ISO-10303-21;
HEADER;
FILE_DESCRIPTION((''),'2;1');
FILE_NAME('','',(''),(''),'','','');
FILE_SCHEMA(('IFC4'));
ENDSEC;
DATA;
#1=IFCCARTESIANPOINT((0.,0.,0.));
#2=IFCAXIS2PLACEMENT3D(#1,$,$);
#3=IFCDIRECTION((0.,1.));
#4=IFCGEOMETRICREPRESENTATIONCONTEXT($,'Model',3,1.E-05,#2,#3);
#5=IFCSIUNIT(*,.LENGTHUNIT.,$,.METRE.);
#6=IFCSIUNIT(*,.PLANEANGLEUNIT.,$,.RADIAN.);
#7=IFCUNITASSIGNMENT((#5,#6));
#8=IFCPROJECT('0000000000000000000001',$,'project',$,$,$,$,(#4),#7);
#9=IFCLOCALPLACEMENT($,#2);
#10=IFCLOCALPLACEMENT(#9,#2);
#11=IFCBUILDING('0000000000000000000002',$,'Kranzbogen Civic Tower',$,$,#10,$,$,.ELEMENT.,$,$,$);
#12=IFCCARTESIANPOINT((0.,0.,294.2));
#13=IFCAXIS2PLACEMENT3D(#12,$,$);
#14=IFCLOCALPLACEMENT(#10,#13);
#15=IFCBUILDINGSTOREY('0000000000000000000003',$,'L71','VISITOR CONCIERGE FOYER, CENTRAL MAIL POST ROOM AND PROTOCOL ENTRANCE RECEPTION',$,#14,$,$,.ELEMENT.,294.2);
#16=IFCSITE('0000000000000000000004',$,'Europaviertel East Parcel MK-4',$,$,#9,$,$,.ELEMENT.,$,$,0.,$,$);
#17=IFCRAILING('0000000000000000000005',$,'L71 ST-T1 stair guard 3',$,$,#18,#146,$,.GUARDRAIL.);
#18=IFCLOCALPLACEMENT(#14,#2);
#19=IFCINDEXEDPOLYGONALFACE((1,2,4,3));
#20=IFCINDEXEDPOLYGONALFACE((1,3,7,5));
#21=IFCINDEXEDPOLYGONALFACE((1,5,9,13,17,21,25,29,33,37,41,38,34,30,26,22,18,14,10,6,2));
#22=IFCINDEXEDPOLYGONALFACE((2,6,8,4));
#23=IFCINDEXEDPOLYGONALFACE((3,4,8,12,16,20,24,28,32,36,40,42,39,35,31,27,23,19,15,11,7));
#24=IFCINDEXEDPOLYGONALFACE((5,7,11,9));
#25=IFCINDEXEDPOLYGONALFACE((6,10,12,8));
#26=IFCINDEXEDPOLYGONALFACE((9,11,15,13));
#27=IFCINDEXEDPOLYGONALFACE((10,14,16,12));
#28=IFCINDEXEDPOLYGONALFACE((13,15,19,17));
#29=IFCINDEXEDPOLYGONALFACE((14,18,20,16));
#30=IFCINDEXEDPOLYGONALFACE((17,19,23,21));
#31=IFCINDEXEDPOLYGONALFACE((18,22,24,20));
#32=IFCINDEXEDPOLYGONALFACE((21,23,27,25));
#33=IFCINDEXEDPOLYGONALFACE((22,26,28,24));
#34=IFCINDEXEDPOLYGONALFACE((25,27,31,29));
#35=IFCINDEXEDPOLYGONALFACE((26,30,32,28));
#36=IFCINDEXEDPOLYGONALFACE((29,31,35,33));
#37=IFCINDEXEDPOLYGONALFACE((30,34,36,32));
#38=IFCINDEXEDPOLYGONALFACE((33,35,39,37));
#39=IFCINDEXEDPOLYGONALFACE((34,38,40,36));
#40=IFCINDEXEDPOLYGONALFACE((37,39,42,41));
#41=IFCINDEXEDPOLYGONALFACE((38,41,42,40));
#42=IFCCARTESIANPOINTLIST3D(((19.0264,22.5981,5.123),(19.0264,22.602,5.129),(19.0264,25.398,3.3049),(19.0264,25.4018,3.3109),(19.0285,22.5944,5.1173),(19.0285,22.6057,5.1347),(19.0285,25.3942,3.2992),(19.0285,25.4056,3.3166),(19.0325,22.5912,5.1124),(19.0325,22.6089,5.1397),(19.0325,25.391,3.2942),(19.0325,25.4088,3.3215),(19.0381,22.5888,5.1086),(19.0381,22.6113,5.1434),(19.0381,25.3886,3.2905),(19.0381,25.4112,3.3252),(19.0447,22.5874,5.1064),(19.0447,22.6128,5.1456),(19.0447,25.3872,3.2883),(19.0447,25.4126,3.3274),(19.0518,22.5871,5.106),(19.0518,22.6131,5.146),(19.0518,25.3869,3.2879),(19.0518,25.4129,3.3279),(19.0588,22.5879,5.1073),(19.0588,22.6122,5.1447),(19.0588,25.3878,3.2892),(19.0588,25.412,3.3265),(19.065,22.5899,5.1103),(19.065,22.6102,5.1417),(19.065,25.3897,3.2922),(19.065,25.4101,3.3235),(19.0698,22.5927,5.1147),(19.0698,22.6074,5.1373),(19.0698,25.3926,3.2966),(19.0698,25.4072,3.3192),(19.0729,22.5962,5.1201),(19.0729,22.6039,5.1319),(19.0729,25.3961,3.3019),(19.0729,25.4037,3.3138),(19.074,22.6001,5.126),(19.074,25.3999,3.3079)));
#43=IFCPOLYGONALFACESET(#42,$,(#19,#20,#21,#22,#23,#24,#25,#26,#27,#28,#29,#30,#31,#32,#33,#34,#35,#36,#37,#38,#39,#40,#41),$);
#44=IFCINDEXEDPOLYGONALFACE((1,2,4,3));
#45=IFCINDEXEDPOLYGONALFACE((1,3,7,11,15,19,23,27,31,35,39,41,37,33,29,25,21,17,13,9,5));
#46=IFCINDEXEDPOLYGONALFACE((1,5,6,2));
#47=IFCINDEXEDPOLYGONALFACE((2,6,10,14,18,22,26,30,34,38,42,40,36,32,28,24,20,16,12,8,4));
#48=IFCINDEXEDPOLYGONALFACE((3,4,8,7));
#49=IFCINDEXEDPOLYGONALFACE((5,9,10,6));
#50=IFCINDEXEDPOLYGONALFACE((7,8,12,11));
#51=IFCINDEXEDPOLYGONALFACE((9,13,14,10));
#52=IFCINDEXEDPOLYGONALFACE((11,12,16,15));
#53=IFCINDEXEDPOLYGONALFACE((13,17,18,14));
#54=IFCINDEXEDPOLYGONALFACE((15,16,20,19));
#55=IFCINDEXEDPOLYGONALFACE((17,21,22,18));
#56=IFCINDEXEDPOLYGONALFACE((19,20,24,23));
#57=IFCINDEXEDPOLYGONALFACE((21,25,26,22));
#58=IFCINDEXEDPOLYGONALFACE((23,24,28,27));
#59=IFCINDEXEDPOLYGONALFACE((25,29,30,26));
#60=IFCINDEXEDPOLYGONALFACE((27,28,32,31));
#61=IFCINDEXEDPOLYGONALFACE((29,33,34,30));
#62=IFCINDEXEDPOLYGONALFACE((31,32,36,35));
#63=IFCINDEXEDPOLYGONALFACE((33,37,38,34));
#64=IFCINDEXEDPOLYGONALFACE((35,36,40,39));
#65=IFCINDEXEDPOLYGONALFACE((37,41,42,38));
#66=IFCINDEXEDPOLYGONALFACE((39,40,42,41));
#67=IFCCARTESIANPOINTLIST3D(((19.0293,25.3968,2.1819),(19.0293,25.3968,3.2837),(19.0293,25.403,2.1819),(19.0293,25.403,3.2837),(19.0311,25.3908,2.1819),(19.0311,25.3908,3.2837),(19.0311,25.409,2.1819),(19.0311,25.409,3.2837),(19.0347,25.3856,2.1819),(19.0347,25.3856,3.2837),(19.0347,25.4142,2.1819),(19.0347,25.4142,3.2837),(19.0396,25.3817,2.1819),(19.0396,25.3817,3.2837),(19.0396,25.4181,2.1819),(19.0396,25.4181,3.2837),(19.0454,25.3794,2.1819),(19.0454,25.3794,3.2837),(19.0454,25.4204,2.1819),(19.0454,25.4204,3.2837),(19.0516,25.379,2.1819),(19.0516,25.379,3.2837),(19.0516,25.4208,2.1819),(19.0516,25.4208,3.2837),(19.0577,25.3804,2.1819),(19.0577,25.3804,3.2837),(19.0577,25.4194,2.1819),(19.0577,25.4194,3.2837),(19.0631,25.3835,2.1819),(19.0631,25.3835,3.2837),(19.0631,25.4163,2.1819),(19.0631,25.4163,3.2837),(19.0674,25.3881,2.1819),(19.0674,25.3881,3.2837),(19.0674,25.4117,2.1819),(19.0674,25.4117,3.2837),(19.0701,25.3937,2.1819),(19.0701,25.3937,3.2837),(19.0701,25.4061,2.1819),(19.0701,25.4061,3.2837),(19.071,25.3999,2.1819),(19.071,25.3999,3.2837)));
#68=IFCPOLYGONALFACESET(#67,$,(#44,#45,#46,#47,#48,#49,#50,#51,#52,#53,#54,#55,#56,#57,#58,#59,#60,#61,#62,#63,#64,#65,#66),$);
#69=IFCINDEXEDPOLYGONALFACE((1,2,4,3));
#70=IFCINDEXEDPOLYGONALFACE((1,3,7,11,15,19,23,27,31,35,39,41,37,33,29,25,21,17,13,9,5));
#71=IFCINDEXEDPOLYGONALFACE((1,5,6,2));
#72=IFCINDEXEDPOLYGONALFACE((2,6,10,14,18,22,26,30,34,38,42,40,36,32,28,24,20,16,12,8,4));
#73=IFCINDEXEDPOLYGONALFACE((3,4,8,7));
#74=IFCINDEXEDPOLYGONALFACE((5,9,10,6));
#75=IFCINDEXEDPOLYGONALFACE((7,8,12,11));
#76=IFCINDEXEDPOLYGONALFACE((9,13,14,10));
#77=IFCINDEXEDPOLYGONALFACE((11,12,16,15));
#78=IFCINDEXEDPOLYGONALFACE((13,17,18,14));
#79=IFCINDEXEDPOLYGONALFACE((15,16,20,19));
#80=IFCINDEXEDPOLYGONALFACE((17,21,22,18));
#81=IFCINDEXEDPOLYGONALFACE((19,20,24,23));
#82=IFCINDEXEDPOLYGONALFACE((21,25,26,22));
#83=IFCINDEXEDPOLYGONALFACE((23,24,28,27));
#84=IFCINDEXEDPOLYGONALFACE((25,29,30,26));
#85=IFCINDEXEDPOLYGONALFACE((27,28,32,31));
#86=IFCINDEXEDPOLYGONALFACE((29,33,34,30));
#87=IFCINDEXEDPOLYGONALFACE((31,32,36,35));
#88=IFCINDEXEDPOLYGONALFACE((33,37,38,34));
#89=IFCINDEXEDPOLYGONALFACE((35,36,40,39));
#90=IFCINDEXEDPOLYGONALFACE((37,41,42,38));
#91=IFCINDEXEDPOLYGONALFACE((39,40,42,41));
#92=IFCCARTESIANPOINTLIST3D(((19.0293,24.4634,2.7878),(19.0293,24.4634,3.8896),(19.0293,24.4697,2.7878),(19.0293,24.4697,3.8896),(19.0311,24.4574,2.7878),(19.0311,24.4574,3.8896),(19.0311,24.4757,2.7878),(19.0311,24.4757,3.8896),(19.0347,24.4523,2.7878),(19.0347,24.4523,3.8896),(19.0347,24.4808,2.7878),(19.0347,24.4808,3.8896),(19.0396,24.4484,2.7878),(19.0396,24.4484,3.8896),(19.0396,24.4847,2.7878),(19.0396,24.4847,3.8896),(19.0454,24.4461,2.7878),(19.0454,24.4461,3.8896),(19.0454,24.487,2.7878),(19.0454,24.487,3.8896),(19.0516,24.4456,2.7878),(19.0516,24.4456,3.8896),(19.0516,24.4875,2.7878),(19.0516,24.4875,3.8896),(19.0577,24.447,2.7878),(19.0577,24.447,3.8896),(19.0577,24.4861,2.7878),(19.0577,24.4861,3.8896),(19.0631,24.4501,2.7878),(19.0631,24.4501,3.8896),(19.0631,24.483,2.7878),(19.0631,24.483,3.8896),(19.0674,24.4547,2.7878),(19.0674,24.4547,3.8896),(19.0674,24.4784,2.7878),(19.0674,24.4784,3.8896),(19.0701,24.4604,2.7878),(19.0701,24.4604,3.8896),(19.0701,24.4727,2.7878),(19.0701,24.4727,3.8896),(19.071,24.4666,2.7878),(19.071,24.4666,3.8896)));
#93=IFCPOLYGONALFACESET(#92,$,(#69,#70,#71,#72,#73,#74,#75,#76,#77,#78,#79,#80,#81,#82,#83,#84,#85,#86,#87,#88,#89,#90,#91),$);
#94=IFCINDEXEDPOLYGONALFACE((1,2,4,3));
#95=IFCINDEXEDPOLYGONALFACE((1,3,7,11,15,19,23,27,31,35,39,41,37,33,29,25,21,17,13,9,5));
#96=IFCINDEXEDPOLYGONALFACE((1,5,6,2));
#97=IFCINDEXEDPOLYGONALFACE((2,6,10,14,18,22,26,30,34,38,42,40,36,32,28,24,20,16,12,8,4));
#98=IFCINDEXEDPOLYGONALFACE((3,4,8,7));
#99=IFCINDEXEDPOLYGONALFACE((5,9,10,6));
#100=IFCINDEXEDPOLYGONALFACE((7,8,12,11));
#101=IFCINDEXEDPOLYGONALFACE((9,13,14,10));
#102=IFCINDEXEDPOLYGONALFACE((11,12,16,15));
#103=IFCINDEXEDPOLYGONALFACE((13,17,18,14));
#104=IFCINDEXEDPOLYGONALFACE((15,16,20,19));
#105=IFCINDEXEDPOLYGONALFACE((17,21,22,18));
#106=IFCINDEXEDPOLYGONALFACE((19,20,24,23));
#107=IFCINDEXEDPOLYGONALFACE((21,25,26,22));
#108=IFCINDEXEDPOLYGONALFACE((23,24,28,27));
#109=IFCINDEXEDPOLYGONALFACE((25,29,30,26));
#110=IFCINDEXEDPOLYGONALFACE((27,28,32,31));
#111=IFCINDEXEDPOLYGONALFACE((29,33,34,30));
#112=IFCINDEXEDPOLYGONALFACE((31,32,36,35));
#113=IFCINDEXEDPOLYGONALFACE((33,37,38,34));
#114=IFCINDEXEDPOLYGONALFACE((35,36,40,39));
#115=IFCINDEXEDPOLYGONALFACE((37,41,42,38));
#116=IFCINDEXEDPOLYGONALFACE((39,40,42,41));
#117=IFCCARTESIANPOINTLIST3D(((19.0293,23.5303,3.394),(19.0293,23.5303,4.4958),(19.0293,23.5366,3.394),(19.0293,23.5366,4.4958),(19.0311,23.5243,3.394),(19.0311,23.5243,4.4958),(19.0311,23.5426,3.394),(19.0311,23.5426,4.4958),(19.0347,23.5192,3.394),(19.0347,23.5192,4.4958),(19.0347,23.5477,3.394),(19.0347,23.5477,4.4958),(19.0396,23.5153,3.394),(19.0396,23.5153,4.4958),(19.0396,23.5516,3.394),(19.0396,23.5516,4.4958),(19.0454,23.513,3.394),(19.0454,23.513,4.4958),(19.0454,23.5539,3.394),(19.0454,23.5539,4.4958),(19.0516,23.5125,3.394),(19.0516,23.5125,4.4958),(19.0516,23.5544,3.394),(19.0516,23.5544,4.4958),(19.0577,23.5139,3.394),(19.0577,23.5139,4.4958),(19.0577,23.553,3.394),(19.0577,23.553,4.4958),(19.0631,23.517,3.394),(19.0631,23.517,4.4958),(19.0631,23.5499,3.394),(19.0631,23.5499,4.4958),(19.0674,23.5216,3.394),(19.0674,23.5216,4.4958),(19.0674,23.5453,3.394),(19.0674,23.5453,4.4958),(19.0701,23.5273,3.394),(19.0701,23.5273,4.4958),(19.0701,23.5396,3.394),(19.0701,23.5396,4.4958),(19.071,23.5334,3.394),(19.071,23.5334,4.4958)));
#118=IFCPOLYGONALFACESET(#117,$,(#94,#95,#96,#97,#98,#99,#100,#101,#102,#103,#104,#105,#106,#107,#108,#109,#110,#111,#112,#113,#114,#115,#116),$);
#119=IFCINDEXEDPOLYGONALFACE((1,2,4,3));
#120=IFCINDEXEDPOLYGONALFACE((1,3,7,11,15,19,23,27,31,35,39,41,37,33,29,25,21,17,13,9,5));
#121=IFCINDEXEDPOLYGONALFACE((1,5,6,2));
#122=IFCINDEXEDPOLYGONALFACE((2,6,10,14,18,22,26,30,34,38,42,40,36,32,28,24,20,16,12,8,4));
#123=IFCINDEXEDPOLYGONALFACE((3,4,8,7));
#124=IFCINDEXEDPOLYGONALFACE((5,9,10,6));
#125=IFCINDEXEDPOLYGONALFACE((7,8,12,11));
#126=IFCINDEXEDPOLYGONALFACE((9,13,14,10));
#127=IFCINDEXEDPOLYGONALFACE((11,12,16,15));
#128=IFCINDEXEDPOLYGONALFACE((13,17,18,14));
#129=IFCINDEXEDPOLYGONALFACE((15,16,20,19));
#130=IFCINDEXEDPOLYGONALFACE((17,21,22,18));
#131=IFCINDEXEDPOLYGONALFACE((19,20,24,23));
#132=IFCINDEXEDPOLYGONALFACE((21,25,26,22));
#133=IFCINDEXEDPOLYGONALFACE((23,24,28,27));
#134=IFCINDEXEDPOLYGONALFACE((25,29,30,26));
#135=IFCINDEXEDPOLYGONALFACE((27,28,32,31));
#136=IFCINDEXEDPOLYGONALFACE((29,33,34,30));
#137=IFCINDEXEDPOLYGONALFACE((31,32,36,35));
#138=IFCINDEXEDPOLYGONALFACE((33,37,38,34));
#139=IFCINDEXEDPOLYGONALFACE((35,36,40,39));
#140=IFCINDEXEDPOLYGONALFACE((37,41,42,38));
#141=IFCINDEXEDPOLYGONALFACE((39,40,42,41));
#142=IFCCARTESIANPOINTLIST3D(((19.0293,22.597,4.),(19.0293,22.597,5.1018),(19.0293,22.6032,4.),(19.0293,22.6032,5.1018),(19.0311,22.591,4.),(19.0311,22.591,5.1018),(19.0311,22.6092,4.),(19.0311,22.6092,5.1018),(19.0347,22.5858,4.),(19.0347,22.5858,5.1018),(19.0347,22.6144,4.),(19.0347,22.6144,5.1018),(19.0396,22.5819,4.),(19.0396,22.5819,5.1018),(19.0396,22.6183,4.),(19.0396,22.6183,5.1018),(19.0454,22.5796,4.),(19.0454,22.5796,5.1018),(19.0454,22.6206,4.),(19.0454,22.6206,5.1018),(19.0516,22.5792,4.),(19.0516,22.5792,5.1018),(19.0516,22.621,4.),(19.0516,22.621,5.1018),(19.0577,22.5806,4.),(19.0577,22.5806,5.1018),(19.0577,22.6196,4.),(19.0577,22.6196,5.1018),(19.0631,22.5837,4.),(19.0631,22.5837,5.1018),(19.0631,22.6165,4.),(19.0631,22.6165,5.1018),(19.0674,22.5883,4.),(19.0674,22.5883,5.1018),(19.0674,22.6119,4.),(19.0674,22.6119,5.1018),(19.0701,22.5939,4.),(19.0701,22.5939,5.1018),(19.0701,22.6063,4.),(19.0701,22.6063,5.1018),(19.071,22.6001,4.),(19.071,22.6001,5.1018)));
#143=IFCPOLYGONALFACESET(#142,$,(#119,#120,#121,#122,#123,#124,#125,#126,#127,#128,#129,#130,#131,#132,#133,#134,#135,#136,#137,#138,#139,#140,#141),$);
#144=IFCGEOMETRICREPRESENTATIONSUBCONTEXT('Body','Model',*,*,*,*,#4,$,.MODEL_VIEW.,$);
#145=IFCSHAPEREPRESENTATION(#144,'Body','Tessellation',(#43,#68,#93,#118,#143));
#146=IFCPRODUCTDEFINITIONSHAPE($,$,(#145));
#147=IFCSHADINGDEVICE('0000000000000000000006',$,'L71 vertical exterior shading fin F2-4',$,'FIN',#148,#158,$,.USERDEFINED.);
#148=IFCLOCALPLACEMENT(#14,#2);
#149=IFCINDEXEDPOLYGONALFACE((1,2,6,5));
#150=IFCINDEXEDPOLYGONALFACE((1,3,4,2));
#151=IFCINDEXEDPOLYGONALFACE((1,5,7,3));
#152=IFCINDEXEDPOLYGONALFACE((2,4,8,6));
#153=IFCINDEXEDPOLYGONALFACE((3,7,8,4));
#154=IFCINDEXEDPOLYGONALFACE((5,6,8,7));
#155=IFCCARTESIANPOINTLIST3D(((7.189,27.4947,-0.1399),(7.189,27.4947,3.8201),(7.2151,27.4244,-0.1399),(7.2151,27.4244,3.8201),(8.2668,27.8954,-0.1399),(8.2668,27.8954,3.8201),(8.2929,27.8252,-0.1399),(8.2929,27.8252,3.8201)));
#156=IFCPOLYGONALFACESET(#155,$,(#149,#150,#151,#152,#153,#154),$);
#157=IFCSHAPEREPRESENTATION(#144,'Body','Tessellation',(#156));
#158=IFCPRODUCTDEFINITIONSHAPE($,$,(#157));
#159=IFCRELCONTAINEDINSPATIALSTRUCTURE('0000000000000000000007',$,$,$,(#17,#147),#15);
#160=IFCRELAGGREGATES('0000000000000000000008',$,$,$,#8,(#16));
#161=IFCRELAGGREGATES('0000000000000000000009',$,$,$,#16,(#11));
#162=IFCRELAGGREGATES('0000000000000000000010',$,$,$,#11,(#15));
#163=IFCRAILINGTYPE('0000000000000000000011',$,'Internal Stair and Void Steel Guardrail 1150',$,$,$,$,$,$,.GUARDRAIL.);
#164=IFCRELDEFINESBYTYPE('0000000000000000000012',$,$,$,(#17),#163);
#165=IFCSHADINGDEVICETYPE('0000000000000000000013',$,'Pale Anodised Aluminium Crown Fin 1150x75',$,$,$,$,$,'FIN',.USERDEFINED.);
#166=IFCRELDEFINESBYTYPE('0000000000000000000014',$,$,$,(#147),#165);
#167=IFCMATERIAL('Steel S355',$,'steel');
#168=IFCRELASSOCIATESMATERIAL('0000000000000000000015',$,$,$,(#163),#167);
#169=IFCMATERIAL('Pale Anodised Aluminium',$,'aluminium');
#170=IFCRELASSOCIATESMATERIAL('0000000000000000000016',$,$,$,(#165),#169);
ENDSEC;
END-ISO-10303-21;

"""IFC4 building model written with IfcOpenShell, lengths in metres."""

from ifc_helpers import new_model, si_unit, direction, frame, origin, origin_2d, place, context, subcontext, project, spatial, rectangle, circle, extrude, material, type_object, element, save


model = new_model("IFC4")

# Units and contexts
model_context = context("Model", 3, precision=1e-05, world=origin(), true_north=direction((0.0, 1.0)))
body_context = subcontext(model_context, "Body", "Model", "MODEL_VIEW")
ifc_project = project(units=[si_unit("LENGTHUNIT", "METRE"), si_unit("PLANEANGLEUNIT", "RADIAN")], contexts=[model_context])

# Site, building, storey
site_placement = place(None, origin())
site = spatial("IfcSite", under=ifc_project, at=site_placement, Name="Europaviertel East Parcel MK-4", CompositionType="ELEMENT", RefElevation=0.0)
building_placement = place(site_placement, origin())
building = spatial("IfcBuilding", under=site, at=building_placement, Name="Kranzbogen Civic Tower", CompositionType="ELEMENT")
storey_placement = place(building_placement, frame((0.0, 0.0, 294.2)))
storey = spatial("IfcBuildingStorey", under=building, at=storey_placement, Name="L71", Description="VISITOR CONCIERGE FOYER, CENTRAL MAIL POST ROOM AND PROTOCOL ENTRANCE RECEPTION", CompositionType="ELEMENT", Elevation=294.2)

# Shared definitions
ifc_material_1 = material(Name="Steel S355", Category="steel")

# Shared definitions
ifc_material_2 = material(Name="Pale Anodised Aluminium", Category="aluminium")

# Railing
railing_type_1 = type_object("IfcRailingType", Name="Internal Stair and Void Steel Guardrail 1150", PredefinedType="GUARDRAIL", material=ifc_material_1)
railing_1_placement = place(storey_placement, frame((19.05, 25.3999, 2.1819)))
element("IfcRailing", 1, at=railing_1_placement, inside=storey, type_object=railing_type_1, Name="L71 ST-T1 stair guard 3", PredefinedType="GUARDRAIL", context=body_context, shape_type="SweptSolid", body=[
    extrude(circle(Radius=0.0239, at=origin_2d()), frame((0.0, 0.0, 1.126), z_axis=(0.0, -0.838684, 0.544618), x_axis=(1.0, 0.0, 0.0)), (0.0, 0.0, 1.0), 3.3384),
    extrude(circle(Radius=0.021, at=origin_2d()), origin(), (0.0, 0.0, 1.0), 1.1018),
    extrude(circle(Radius=0.021, at=origin_2d()), frame((0.0, -0.9333, 0.606)), (0.0, 0.0, 1.0), 1.1018),
    extrude(circle(Radius=0.021, at=origin_2d()), frame((0.0, -1.8665, 1.2122)), (0.0, 0.0, 1.0), 1.1018),
    extrude(circle(Radius=0.021, at=origin_2d()), frame((0.0, -2.7998, 1.8181)), (0.0, 0.0, 1.0), 1.1018),
])

# Shading device
shading_device_type = type_object("IfcShadingDeviceType", Name="Pale Anodised Aluminium Crown Fin 1150x75", ElementType="FIN", PredefinedType="USERDEFINED", material=ifc_material_2)
shading_device_placement = place(storey_placement, frame((7.741, 27.6599, -0.1399), z_axis=(0.0, 0.0, 1.0), x_axis=(-0.9373, -0.348523, 0.0)))
element("IfcShadingDevice", 2, at=shading_device_placement, inside=storey, type_object=shading_device_type, Name="L71 vertical exterior shading fin F2-4", ObjectType="FIN", PredefinedType="USERDEFINED", context=body_context, shape_type="SweptSolid", body=[
    extrude(rectangle(XDim=1.1499, YDim=0.075, at=origin_2d()), origin(), (0.0, 0.0, 1.0), 3.96),
])

save(model, "model.ifc")
